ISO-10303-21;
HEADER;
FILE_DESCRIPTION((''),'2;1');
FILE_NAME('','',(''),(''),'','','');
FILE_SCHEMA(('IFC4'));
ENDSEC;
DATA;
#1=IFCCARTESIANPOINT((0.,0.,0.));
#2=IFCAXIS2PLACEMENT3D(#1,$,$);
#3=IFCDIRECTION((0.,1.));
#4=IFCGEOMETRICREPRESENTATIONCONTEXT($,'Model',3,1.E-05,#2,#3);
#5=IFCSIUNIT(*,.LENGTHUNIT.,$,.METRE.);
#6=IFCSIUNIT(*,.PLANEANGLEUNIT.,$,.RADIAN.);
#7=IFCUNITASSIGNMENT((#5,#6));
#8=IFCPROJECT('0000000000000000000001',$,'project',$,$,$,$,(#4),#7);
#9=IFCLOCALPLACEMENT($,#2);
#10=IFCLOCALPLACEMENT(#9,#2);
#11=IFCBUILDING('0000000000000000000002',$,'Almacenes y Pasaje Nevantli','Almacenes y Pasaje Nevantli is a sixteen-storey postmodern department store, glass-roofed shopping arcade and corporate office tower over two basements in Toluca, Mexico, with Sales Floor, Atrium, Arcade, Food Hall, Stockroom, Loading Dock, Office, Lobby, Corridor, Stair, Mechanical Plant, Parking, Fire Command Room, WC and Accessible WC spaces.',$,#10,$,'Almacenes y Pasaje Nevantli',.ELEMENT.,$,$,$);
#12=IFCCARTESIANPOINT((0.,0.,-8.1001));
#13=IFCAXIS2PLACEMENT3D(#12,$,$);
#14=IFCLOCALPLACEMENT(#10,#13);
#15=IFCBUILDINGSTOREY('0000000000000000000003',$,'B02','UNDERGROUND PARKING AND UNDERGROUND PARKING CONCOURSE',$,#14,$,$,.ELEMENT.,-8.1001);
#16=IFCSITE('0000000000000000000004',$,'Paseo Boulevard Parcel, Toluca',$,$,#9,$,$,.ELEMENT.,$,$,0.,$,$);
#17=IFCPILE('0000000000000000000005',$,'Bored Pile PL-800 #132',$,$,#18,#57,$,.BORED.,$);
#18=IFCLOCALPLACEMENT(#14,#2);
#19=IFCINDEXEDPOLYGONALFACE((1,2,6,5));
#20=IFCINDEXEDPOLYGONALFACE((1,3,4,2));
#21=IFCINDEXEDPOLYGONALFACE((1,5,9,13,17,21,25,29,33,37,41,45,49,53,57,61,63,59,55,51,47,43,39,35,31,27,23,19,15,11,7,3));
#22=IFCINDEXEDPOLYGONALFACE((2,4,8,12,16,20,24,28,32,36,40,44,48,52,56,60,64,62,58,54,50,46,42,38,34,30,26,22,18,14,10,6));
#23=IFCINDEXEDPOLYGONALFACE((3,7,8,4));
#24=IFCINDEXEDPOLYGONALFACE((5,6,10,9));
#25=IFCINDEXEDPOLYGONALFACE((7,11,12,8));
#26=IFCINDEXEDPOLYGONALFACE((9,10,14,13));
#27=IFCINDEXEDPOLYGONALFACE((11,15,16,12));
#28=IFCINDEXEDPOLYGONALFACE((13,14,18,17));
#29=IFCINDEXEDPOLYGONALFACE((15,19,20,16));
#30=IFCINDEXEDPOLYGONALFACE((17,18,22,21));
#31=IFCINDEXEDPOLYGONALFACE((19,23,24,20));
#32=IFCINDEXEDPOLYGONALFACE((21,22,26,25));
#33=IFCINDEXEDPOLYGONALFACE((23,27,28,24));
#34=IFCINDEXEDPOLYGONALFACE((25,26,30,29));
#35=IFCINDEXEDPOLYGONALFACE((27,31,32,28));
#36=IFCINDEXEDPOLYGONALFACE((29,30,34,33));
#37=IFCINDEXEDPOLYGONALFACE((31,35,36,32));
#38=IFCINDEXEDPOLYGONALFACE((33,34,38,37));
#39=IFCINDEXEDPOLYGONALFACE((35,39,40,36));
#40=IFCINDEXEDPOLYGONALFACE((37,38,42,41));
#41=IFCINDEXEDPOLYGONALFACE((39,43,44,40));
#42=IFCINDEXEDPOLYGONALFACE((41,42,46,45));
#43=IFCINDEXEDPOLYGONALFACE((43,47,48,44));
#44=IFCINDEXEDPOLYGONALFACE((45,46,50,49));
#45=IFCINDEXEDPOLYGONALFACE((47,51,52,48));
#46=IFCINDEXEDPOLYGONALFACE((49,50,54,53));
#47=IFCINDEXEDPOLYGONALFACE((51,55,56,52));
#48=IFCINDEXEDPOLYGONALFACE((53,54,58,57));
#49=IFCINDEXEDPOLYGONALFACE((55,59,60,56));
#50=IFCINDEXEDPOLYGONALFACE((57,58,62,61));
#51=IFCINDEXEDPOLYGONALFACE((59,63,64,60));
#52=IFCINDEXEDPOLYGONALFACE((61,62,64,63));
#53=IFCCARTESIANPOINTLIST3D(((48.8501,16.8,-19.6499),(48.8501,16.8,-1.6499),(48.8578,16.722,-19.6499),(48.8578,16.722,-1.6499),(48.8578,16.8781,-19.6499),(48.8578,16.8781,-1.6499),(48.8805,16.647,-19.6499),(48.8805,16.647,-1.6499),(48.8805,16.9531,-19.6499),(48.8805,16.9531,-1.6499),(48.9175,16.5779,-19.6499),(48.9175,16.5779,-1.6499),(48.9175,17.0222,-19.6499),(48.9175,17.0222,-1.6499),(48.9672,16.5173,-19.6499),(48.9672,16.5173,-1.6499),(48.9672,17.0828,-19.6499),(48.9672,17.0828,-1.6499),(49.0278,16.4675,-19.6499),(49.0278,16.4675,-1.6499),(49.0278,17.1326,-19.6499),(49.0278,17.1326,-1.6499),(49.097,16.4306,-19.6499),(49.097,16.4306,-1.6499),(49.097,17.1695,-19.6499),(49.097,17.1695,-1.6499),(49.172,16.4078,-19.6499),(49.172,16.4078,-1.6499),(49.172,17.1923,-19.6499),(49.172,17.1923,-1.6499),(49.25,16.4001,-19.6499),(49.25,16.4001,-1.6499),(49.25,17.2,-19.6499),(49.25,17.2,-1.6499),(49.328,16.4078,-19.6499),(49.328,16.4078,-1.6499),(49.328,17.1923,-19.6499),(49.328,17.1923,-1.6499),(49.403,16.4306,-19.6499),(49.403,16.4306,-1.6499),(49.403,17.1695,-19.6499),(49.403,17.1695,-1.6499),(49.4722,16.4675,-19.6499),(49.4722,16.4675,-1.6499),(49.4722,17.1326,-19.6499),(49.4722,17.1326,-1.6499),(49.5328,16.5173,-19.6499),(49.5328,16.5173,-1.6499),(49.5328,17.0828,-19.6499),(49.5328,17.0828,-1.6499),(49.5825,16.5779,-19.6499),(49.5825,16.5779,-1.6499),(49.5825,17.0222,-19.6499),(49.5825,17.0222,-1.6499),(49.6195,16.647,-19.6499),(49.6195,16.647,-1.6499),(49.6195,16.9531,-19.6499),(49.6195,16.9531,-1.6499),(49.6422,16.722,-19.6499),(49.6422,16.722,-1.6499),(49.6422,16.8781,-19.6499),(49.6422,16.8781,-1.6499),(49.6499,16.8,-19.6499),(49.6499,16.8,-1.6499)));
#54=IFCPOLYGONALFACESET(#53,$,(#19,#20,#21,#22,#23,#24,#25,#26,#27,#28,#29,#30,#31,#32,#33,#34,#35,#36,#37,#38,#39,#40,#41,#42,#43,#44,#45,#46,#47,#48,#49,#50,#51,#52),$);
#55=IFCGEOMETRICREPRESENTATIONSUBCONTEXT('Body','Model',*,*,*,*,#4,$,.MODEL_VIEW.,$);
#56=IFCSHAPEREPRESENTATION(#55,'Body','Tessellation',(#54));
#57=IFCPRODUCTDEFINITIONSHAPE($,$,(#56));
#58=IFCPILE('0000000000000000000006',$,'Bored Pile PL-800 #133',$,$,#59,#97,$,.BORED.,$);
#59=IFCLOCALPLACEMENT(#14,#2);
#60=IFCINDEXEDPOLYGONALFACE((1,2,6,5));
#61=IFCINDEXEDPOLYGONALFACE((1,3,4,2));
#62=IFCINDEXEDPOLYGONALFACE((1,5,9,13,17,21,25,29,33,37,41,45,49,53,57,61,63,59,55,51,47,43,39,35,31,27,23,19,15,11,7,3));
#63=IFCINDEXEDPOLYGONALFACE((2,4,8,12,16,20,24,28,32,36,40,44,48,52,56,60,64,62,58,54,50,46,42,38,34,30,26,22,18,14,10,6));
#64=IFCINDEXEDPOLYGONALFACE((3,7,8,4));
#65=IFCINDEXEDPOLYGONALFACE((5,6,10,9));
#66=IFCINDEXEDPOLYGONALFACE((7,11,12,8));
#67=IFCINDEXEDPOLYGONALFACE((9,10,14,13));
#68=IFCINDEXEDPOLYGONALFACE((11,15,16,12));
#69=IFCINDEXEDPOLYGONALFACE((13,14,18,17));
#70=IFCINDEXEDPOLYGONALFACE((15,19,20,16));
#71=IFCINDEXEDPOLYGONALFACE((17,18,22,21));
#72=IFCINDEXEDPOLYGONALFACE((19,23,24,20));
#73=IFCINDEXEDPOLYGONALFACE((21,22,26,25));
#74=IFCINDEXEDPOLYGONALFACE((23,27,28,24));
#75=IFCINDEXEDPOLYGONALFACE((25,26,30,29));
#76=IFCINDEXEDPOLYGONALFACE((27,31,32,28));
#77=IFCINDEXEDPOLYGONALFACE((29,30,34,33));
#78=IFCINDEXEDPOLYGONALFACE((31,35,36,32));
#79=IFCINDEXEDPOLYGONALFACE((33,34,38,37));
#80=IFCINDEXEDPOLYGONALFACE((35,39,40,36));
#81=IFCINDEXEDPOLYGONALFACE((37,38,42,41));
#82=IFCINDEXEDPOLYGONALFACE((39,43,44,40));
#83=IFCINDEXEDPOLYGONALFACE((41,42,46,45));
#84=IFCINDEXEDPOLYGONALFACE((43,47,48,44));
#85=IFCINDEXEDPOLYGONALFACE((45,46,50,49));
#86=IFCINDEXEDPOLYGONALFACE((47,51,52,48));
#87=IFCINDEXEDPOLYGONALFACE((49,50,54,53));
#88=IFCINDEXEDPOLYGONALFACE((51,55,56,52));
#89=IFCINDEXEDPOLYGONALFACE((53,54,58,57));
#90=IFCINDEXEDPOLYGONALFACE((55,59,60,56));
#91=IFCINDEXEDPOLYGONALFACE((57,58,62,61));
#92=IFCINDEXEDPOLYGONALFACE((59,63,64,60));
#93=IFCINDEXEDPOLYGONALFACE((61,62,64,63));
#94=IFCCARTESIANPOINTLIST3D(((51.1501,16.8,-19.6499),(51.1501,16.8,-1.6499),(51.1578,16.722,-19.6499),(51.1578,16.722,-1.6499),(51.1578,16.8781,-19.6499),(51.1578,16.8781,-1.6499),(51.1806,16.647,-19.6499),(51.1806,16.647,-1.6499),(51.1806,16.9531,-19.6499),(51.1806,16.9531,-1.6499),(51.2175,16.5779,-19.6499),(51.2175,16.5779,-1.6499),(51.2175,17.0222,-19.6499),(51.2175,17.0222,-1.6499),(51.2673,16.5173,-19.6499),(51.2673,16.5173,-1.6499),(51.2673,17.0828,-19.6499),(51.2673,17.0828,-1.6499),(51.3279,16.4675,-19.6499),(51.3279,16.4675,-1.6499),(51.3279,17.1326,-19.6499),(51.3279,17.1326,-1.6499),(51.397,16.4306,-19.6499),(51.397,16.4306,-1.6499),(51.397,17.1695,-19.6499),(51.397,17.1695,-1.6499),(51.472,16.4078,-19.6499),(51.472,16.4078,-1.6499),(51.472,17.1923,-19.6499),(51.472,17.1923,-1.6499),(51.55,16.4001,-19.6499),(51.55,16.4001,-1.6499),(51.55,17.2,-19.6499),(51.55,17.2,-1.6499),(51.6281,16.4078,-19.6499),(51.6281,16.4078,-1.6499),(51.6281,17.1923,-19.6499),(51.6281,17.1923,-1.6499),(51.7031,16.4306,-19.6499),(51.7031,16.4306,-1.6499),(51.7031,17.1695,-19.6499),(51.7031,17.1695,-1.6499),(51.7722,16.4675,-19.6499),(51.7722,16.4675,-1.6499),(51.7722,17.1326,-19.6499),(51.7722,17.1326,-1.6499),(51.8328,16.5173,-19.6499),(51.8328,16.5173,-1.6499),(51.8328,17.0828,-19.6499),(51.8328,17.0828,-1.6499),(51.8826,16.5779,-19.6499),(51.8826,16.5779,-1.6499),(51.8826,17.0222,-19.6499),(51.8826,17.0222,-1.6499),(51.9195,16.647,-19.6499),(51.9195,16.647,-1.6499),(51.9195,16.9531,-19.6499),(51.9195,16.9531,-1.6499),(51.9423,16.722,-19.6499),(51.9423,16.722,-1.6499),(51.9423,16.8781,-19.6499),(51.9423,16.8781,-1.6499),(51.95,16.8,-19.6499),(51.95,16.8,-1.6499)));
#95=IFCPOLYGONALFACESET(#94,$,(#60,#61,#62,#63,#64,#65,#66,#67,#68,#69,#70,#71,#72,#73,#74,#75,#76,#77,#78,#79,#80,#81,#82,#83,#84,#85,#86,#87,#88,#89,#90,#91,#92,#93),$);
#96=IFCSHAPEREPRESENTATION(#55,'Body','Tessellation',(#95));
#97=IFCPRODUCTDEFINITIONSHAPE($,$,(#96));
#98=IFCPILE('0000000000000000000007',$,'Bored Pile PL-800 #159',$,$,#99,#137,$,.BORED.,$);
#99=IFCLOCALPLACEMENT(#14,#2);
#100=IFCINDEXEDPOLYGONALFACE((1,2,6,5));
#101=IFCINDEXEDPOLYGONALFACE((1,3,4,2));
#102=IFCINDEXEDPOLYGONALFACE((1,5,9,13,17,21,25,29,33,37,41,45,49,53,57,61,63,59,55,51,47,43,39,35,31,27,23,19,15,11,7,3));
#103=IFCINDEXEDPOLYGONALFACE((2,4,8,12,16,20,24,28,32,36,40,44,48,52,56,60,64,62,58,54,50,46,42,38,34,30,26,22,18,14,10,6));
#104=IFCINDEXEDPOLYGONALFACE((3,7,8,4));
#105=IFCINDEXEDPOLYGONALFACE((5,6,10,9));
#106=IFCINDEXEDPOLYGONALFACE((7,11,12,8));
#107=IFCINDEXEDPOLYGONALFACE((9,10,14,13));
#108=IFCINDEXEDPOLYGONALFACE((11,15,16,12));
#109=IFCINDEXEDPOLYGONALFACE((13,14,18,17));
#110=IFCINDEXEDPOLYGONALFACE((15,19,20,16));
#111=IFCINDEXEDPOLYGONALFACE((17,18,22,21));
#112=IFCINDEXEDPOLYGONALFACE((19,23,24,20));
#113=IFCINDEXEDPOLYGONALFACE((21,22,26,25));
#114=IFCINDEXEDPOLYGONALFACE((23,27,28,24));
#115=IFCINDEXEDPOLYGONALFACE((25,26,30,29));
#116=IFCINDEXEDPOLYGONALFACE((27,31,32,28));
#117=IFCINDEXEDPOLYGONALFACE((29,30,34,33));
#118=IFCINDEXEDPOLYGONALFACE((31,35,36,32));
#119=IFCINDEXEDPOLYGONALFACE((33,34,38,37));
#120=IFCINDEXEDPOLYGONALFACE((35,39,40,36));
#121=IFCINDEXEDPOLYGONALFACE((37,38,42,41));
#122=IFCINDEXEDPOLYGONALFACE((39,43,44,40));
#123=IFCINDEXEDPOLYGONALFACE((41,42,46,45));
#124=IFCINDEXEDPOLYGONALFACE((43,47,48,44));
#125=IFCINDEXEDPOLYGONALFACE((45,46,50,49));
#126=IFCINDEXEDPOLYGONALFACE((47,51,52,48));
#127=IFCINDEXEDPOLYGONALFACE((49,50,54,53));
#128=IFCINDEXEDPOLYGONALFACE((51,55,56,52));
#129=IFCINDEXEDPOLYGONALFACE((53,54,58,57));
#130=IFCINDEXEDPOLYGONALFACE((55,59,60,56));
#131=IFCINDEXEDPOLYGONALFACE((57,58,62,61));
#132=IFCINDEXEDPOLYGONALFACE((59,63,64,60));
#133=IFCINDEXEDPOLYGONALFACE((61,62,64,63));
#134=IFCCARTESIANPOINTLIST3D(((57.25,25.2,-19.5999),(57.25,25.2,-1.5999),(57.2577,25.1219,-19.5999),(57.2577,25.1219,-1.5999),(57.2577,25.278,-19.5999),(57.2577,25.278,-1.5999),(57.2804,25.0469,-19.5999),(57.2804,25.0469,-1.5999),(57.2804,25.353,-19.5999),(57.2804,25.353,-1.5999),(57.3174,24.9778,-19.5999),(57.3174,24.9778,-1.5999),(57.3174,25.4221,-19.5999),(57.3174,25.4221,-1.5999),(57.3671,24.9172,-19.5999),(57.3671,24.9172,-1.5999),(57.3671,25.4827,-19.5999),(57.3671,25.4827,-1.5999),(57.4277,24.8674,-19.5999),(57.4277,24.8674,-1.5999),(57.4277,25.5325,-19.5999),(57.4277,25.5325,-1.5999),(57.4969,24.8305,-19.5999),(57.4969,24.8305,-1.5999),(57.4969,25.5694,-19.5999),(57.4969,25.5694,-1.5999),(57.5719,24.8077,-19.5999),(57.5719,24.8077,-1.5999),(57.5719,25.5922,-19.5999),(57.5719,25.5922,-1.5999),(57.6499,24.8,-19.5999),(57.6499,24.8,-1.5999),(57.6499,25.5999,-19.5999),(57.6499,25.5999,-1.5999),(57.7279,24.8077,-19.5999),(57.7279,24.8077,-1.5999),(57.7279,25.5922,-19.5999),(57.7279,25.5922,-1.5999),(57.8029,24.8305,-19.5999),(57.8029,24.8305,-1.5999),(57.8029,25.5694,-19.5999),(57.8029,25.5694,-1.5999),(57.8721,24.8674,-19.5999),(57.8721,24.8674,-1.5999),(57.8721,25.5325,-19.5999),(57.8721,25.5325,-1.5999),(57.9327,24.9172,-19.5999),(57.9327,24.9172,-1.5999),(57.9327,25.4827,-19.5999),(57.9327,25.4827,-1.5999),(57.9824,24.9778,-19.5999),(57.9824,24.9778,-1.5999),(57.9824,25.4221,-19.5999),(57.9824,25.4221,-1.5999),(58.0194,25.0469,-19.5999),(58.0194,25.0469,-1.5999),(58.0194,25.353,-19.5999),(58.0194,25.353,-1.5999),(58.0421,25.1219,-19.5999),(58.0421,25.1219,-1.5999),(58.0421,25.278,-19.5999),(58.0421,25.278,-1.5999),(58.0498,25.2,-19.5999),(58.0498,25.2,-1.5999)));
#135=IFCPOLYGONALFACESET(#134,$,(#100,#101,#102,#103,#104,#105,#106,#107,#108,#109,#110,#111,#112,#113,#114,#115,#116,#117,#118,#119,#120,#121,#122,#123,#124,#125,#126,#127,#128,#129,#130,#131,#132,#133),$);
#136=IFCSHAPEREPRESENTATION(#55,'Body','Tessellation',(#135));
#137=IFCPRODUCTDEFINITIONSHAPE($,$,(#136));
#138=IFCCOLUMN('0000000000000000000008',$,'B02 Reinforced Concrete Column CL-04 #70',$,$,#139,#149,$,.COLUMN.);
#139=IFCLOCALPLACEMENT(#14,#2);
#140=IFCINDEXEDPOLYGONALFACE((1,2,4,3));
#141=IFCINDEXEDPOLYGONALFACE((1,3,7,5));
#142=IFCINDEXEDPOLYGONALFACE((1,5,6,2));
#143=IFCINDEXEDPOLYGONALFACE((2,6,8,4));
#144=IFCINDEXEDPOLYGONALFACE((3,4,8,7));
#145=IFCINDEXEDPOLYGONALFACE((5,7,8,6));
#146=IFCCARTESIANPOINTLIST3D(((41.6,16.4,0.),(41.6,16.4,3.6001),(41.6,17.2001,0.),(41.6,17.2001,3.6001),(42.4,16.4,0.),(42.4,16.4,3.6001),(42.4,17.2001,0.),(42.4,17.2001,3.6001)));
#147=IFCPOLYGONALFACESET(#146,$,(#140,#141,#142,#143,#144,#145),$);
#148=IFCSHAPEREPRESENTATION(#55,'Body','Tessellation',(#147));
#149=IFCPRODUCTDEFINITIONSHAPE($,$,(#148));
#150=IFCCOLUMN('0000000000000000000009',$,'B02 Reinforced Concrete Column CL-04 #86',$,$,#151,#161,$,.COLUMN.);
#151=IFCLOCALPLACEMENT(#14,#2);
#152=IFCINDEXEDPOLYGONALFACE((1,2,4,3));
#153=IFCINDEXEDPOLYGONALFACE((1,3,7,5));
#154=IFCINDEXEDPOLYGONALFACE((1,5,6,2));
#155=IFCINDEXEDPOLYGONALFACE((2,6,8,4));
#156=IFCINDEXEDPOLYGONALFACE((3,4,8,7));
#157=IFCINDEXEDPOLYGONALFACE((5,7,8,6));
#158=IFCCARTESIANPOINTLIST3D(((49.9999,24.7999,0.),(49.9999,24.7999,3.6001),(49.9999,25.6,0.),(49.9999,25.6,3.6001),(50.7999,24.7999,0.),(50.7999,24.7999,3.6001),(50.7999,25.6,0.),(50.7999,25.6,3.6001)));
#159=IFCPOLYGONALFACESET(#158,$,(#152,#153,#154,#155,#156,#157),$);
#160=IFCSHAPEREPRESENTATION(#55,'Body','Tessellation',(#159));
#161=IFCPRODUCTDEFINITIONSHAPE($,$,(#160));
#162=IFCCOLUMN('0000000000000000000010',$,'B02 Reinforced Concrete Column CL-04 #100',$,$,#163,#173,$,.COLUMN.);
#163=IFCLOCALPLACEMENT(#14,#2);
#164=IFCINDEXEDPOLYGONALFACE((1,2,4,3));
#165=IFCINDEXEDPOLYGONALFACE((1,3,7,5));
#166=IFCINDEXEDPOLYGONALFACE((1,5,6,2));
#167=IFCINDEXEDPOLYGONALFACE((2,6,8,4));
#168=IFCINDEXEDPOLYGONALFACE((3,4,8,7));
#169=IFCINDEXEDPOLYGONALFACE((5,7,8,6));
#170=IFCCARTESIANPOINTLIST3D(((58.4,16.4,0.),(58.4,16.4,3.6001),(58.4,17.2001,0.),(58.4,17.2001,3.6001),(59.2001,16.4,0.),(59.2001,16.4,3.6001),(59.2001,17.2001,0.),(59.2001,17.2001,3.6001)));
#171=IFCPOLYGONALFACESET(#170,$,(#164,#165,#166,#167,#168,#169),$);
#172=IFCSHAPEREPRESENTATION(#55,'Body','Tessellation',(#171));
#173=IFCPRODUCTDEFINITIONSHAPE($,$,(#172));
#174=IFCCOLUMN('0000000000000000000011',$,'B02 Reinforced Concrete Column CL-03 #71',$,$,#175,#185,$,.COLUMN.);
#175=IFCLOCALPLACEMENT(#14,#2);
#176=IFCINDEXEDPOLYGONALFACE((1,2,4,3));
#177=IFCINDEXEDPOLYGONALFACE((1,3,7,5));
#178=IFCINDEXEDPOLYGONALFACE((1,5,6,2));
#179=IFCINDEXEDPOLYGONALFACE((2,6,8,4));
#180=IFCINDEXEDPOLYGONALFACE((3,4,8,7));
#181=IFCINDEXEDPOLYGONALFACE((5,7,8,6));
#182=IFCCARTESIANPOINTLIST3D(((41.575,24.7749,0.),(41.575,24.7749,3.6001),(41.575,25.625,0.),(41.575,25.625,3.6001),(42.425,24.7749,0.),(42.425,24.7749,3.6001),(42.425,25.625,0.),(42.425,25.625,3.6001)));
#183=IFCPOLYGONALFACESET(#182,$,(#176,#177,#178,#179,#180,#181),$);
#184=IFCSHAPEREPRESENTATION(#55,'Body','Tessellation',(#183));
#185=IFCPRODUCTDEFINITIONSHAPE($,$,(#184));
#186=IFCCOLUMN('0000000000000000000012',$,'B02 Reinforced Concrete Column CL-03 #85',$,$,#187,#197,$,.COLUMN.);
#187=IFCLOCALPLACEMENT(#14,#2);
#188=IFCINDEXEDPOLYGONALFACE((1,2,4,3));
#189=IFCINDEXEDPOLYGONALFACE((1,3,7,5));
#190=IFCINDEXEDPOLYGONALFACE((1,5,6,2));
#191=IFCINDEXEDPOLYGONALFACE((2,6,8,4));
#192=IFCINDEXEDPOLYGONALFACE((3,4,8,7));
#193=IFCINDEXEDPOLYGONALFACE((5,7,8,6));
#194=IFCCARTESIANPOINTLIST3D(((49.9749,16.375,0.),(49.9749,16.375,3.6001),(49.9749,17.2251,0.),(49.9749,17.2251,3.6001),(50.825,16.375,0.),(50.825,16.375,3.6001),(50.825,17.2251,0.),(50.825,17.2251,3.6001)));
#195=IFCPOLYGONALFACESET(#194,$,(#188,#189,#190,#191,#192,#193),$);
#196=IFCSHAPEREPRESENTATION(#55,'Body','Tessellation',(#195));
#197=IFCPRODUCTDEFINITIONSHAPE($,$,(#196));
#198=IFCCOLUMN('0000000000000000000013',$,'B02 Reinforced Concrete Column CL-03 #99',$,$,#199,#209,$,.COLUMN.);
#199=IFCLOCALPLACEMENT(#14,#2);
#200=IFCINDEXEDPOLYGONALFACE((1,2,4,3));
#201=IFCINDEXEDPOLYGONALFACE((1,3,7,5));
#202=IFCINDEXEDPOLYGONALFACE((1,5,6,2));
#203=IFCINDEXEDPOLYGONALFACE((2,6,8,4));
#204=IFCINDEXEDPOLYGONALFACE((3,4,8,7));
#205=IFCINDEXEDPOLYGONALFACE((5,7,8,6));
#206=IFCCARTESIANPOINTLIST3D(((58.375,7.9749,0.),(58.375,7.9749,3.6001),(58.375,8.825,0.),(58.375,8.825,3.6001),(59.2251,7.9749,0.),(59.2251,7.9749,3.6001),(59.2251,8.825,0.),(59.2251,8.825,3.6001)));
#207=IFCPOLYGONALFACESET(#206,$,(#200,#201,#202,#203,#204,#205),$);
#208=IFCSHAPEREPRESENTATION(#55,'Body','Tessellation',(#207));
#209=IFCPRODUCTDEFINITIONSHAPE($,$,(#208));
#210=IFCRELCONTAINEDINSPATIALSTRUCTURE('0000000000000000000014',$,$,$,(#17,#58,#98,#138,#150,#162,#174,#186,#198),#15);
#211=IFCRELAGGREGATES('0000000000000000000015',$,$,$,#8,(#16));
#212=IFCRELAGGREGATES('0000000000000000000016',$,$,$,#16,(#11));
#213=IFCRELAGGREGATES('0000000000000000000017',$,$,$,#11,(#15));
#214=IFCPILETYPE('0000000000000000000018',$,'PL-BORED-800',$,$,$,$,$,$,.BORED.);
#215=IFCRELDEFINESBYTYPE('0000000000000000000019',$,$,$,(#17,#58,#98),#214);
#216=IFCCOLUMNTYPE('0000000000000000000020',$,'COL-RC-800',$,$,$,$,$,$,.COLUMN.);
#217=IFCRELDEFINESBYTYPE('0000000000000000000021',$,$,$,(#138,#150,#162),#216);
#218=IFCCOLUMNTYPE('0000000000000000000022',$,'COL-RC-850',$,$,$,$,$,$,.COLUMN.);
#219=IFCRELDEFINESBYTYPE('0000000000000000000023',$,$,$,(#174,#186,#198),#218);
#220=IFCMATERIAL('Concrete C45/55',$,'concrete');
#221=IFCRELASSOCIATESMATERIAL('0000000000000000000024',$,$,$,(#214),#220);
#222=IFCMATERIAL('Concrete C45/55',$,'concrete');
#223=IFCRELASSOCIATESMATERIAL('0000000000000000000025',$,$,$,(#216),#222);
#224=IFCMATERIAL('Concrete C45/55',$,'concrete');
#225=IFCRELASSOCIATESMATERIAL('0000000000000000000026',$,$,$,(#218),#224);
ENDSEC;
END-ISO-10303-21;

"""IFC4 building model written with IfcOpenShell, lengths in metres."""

from ifc_helpers import new_model, si_unit, direction, frame, origin, origin_2d, place, context, subcontext, project, spatial, rectangle, circle, extrude, material, material_profile, profile_set, type_object, element, save


model = new_model("IFC4")

# Units and contexts
model_context = context("Model", 3, precision=1e-05, world=origin(), true_north=direction((0.0, 1.0)))
body_context = subcontext(model_context, "Body", "Model", "MODEL_VIEW")
ifc_project = project(units=[si_unit("LENGTHUNIT", "METRE"), si_unit("PLANEANGLEUNIT", "RADIAN")], contexts=[model_context])

# Site, building, storey
site_placement = place(None, origin())
site = spatial("IfcSite", under=ifc_project, at=site_placement, Name="Paseo Boulevard Parcel, Toluca", CompositionType="ELEMENT", RefElevation=0.0)
building_placement = place(site_placement, origin())
building = spatial("IfcBuilding", under=site, at=building_placement, Name="Almacenes y Pasaje Nevantli", Description="Almacenes y Pasaje Nevantli is a sixteen-storey postmodern department store, glass-roofed shopping arcade and corporate office tower over two basements in Toluca, Mexico, with Sales Floor, Atrium, Arcade, Food Hall, Stockroom, Loading Dock, Office, Lobby, Corridor, Stair, Mechanical Plant, Parking, Fire Command Room, WC and Accessible WC spaces.", LongName="Almacenes y Pasaje Nevantli", CompositionType="ELEMENT")
storey_placement = place(building_placement, frame((0.0, 0.0, -8.1001)))
storey = spatial("IfcBuildingStorey", under=building, at=storey_placement, Name="B02", Description="UNDERGROUND PARKING AND UNDERGROUND PARKING CONCOURSE", CompositionType="ELEMENT", Elevation=-8.1001)

# Piles
ifc_material_1 = material(Name="Concrete C45/55", Category="concrete")
ifc_material_profile_1 = material_profile(ifc_material_1, circle(Radius=0.3999, at=origin_2d()), Name="RC-PILE-D800")
ifc_profile_set_1 = profile_set([ifc_material_profile_1], Name="Concrete C45/55")
pile_type_1 = type_object("IfcPileType", Name="PL-BORED-800", PredefinedType="BORED", material=ifc_profile_set_1)
for number, where, z_axis, x_axis, name in (
    (1, (49.25, 16.8, -1.6499), (0.0, 0.0, -1.0), (1.0, 0.0, 0.0), "Bored Pile PL-800 #132"),
    (2, (51.55, 16.8, -1.6499), (0.0, 0.0, -1.0), (1.0, 0.0, 0.0), "Bored Pile PL-800 #133"),
    (3, (57.6499, 25.2, -1.5999), (0.0, 0.0, -1.0), (1.0, 0.0, 0.0), "Bored Pile PL-800 #159"),
):
    element("IfcPile", number, at=place(storey_placement, frame(where, z_axis=z_axis, x_axis=x_axis)), inside=storey, type_object=pile_type_1, Name=name, PredefinedType="BORED", context=body_context, shape_type="SweptSolid", body=[
        extrude(circle(Radius=0.3999, at=origin_2d()), origin(), (0.0, 0.0, 1.0), 18.0),
    ])

# Columns
ifc_material_2 = material(Name="Concrete C45/55", Category="concrete")
ifc_material_profile_2 = material_profile(ifc_material_2, rectangle(XDim=0.8, YDim=0.8, at=origin_2d()), Name="RC-COL-800x800")
ifc_profile_set_2 = profile_set([ifc_material_profile_2], Name="Concrete C45/55")
column_type_1 = type_object("IfcColumnType", Name="COL-RC-800", PredefinedType="COLUMN", material=ifc_profile_set_2)
for number, where, z_axis, x_axis, name in (
    (4, (42.0, 16.8, 0.0), (0.0, 0.0, 1.0), (1.0, 0.0, 0.0), "B02 Reinforced Concrete Column CL-04 #70"),
    (5, (50.3999, 25.2, 0.0), (0.0, 0.0, 1.0), (1.0, 0.0, 0.0), "B02 Reinforced Concrete Column CL-04 #86"),
    (6, (58.8, 16.8, 0.0), (0.0, 0.0, 1.0), (1.0, 0.0, 0.0), "B02 Reinforced Concrete Column CL-04 #100"),
):
    element("IfcColumn", number, at=place(storey_placement, frame(where, z_axis=z_axis, x_axis=x_axis)), inside=storey, type_object=column_type_1, Name=name, PredefinedType="COLUMN", context=body_context, shape_type="SweptSolid", body=[
        extrude(rectangle(XDim=0.8, YDim=0.8, at=origin_2d()), origin(), (0.0, 0.0, 1.0), 3.6001),
    ])
ifc_material_3 = material(Name="Concrete C45/55", Category="concrete")
ifc_material_profile_3 = material_profile(ifc_material_3, rectangle(XDim=0.8501, YDim=0.8501, at=origin_2d()), Name="RC-COL-850x850")
ifc_profile_set_3 = profile_set([ifc_material_profile_3], Name="Concrete C45/55")
column_type_2 = type_object("IfcColumnType", Name="COL-RC-850", PredefinedType="COLUMN", material=ifc_profile_set_3)
for number, where, z_axis, x_axis, name in (
    (7, (42.0, 25.2, 0.0), (0.0, 0.0, 1.0), (1.0, 0.0, 0.0), "B02 Reinforced Concrete Column CL-03 #71"),
    (8, (50.3999, 16.8, 0.0), (0.0, 0.0, 1.0), (1.0, 0.0, 0.0), "B02 Reinforced Concrete Column CL-03 #85"),
    (9, (58.8, 8.3999, 0.0), (0.0, 0.0, 1.0), (1.0, 0.0, 0.0), "B02 Reinforced Concrete Column CL-03 #99"),
):
    element("IfcColumn", number, at=place(storey_placement, frame(where, z_axis=z_axis, x_axis=x_axis)), inside=storey, type_object=column_type_2, Name=name, PredefinedType="COLUMN", context=body_context, shape_type="SweptSolid", body=[
        extrude(rectangle(XDim=0.8501, YDim=0.8501, at=origin_2d()), origin(), (0.0, 0.0, 1.0), 3.6001),
    ])

save(model, "model.ifc")
